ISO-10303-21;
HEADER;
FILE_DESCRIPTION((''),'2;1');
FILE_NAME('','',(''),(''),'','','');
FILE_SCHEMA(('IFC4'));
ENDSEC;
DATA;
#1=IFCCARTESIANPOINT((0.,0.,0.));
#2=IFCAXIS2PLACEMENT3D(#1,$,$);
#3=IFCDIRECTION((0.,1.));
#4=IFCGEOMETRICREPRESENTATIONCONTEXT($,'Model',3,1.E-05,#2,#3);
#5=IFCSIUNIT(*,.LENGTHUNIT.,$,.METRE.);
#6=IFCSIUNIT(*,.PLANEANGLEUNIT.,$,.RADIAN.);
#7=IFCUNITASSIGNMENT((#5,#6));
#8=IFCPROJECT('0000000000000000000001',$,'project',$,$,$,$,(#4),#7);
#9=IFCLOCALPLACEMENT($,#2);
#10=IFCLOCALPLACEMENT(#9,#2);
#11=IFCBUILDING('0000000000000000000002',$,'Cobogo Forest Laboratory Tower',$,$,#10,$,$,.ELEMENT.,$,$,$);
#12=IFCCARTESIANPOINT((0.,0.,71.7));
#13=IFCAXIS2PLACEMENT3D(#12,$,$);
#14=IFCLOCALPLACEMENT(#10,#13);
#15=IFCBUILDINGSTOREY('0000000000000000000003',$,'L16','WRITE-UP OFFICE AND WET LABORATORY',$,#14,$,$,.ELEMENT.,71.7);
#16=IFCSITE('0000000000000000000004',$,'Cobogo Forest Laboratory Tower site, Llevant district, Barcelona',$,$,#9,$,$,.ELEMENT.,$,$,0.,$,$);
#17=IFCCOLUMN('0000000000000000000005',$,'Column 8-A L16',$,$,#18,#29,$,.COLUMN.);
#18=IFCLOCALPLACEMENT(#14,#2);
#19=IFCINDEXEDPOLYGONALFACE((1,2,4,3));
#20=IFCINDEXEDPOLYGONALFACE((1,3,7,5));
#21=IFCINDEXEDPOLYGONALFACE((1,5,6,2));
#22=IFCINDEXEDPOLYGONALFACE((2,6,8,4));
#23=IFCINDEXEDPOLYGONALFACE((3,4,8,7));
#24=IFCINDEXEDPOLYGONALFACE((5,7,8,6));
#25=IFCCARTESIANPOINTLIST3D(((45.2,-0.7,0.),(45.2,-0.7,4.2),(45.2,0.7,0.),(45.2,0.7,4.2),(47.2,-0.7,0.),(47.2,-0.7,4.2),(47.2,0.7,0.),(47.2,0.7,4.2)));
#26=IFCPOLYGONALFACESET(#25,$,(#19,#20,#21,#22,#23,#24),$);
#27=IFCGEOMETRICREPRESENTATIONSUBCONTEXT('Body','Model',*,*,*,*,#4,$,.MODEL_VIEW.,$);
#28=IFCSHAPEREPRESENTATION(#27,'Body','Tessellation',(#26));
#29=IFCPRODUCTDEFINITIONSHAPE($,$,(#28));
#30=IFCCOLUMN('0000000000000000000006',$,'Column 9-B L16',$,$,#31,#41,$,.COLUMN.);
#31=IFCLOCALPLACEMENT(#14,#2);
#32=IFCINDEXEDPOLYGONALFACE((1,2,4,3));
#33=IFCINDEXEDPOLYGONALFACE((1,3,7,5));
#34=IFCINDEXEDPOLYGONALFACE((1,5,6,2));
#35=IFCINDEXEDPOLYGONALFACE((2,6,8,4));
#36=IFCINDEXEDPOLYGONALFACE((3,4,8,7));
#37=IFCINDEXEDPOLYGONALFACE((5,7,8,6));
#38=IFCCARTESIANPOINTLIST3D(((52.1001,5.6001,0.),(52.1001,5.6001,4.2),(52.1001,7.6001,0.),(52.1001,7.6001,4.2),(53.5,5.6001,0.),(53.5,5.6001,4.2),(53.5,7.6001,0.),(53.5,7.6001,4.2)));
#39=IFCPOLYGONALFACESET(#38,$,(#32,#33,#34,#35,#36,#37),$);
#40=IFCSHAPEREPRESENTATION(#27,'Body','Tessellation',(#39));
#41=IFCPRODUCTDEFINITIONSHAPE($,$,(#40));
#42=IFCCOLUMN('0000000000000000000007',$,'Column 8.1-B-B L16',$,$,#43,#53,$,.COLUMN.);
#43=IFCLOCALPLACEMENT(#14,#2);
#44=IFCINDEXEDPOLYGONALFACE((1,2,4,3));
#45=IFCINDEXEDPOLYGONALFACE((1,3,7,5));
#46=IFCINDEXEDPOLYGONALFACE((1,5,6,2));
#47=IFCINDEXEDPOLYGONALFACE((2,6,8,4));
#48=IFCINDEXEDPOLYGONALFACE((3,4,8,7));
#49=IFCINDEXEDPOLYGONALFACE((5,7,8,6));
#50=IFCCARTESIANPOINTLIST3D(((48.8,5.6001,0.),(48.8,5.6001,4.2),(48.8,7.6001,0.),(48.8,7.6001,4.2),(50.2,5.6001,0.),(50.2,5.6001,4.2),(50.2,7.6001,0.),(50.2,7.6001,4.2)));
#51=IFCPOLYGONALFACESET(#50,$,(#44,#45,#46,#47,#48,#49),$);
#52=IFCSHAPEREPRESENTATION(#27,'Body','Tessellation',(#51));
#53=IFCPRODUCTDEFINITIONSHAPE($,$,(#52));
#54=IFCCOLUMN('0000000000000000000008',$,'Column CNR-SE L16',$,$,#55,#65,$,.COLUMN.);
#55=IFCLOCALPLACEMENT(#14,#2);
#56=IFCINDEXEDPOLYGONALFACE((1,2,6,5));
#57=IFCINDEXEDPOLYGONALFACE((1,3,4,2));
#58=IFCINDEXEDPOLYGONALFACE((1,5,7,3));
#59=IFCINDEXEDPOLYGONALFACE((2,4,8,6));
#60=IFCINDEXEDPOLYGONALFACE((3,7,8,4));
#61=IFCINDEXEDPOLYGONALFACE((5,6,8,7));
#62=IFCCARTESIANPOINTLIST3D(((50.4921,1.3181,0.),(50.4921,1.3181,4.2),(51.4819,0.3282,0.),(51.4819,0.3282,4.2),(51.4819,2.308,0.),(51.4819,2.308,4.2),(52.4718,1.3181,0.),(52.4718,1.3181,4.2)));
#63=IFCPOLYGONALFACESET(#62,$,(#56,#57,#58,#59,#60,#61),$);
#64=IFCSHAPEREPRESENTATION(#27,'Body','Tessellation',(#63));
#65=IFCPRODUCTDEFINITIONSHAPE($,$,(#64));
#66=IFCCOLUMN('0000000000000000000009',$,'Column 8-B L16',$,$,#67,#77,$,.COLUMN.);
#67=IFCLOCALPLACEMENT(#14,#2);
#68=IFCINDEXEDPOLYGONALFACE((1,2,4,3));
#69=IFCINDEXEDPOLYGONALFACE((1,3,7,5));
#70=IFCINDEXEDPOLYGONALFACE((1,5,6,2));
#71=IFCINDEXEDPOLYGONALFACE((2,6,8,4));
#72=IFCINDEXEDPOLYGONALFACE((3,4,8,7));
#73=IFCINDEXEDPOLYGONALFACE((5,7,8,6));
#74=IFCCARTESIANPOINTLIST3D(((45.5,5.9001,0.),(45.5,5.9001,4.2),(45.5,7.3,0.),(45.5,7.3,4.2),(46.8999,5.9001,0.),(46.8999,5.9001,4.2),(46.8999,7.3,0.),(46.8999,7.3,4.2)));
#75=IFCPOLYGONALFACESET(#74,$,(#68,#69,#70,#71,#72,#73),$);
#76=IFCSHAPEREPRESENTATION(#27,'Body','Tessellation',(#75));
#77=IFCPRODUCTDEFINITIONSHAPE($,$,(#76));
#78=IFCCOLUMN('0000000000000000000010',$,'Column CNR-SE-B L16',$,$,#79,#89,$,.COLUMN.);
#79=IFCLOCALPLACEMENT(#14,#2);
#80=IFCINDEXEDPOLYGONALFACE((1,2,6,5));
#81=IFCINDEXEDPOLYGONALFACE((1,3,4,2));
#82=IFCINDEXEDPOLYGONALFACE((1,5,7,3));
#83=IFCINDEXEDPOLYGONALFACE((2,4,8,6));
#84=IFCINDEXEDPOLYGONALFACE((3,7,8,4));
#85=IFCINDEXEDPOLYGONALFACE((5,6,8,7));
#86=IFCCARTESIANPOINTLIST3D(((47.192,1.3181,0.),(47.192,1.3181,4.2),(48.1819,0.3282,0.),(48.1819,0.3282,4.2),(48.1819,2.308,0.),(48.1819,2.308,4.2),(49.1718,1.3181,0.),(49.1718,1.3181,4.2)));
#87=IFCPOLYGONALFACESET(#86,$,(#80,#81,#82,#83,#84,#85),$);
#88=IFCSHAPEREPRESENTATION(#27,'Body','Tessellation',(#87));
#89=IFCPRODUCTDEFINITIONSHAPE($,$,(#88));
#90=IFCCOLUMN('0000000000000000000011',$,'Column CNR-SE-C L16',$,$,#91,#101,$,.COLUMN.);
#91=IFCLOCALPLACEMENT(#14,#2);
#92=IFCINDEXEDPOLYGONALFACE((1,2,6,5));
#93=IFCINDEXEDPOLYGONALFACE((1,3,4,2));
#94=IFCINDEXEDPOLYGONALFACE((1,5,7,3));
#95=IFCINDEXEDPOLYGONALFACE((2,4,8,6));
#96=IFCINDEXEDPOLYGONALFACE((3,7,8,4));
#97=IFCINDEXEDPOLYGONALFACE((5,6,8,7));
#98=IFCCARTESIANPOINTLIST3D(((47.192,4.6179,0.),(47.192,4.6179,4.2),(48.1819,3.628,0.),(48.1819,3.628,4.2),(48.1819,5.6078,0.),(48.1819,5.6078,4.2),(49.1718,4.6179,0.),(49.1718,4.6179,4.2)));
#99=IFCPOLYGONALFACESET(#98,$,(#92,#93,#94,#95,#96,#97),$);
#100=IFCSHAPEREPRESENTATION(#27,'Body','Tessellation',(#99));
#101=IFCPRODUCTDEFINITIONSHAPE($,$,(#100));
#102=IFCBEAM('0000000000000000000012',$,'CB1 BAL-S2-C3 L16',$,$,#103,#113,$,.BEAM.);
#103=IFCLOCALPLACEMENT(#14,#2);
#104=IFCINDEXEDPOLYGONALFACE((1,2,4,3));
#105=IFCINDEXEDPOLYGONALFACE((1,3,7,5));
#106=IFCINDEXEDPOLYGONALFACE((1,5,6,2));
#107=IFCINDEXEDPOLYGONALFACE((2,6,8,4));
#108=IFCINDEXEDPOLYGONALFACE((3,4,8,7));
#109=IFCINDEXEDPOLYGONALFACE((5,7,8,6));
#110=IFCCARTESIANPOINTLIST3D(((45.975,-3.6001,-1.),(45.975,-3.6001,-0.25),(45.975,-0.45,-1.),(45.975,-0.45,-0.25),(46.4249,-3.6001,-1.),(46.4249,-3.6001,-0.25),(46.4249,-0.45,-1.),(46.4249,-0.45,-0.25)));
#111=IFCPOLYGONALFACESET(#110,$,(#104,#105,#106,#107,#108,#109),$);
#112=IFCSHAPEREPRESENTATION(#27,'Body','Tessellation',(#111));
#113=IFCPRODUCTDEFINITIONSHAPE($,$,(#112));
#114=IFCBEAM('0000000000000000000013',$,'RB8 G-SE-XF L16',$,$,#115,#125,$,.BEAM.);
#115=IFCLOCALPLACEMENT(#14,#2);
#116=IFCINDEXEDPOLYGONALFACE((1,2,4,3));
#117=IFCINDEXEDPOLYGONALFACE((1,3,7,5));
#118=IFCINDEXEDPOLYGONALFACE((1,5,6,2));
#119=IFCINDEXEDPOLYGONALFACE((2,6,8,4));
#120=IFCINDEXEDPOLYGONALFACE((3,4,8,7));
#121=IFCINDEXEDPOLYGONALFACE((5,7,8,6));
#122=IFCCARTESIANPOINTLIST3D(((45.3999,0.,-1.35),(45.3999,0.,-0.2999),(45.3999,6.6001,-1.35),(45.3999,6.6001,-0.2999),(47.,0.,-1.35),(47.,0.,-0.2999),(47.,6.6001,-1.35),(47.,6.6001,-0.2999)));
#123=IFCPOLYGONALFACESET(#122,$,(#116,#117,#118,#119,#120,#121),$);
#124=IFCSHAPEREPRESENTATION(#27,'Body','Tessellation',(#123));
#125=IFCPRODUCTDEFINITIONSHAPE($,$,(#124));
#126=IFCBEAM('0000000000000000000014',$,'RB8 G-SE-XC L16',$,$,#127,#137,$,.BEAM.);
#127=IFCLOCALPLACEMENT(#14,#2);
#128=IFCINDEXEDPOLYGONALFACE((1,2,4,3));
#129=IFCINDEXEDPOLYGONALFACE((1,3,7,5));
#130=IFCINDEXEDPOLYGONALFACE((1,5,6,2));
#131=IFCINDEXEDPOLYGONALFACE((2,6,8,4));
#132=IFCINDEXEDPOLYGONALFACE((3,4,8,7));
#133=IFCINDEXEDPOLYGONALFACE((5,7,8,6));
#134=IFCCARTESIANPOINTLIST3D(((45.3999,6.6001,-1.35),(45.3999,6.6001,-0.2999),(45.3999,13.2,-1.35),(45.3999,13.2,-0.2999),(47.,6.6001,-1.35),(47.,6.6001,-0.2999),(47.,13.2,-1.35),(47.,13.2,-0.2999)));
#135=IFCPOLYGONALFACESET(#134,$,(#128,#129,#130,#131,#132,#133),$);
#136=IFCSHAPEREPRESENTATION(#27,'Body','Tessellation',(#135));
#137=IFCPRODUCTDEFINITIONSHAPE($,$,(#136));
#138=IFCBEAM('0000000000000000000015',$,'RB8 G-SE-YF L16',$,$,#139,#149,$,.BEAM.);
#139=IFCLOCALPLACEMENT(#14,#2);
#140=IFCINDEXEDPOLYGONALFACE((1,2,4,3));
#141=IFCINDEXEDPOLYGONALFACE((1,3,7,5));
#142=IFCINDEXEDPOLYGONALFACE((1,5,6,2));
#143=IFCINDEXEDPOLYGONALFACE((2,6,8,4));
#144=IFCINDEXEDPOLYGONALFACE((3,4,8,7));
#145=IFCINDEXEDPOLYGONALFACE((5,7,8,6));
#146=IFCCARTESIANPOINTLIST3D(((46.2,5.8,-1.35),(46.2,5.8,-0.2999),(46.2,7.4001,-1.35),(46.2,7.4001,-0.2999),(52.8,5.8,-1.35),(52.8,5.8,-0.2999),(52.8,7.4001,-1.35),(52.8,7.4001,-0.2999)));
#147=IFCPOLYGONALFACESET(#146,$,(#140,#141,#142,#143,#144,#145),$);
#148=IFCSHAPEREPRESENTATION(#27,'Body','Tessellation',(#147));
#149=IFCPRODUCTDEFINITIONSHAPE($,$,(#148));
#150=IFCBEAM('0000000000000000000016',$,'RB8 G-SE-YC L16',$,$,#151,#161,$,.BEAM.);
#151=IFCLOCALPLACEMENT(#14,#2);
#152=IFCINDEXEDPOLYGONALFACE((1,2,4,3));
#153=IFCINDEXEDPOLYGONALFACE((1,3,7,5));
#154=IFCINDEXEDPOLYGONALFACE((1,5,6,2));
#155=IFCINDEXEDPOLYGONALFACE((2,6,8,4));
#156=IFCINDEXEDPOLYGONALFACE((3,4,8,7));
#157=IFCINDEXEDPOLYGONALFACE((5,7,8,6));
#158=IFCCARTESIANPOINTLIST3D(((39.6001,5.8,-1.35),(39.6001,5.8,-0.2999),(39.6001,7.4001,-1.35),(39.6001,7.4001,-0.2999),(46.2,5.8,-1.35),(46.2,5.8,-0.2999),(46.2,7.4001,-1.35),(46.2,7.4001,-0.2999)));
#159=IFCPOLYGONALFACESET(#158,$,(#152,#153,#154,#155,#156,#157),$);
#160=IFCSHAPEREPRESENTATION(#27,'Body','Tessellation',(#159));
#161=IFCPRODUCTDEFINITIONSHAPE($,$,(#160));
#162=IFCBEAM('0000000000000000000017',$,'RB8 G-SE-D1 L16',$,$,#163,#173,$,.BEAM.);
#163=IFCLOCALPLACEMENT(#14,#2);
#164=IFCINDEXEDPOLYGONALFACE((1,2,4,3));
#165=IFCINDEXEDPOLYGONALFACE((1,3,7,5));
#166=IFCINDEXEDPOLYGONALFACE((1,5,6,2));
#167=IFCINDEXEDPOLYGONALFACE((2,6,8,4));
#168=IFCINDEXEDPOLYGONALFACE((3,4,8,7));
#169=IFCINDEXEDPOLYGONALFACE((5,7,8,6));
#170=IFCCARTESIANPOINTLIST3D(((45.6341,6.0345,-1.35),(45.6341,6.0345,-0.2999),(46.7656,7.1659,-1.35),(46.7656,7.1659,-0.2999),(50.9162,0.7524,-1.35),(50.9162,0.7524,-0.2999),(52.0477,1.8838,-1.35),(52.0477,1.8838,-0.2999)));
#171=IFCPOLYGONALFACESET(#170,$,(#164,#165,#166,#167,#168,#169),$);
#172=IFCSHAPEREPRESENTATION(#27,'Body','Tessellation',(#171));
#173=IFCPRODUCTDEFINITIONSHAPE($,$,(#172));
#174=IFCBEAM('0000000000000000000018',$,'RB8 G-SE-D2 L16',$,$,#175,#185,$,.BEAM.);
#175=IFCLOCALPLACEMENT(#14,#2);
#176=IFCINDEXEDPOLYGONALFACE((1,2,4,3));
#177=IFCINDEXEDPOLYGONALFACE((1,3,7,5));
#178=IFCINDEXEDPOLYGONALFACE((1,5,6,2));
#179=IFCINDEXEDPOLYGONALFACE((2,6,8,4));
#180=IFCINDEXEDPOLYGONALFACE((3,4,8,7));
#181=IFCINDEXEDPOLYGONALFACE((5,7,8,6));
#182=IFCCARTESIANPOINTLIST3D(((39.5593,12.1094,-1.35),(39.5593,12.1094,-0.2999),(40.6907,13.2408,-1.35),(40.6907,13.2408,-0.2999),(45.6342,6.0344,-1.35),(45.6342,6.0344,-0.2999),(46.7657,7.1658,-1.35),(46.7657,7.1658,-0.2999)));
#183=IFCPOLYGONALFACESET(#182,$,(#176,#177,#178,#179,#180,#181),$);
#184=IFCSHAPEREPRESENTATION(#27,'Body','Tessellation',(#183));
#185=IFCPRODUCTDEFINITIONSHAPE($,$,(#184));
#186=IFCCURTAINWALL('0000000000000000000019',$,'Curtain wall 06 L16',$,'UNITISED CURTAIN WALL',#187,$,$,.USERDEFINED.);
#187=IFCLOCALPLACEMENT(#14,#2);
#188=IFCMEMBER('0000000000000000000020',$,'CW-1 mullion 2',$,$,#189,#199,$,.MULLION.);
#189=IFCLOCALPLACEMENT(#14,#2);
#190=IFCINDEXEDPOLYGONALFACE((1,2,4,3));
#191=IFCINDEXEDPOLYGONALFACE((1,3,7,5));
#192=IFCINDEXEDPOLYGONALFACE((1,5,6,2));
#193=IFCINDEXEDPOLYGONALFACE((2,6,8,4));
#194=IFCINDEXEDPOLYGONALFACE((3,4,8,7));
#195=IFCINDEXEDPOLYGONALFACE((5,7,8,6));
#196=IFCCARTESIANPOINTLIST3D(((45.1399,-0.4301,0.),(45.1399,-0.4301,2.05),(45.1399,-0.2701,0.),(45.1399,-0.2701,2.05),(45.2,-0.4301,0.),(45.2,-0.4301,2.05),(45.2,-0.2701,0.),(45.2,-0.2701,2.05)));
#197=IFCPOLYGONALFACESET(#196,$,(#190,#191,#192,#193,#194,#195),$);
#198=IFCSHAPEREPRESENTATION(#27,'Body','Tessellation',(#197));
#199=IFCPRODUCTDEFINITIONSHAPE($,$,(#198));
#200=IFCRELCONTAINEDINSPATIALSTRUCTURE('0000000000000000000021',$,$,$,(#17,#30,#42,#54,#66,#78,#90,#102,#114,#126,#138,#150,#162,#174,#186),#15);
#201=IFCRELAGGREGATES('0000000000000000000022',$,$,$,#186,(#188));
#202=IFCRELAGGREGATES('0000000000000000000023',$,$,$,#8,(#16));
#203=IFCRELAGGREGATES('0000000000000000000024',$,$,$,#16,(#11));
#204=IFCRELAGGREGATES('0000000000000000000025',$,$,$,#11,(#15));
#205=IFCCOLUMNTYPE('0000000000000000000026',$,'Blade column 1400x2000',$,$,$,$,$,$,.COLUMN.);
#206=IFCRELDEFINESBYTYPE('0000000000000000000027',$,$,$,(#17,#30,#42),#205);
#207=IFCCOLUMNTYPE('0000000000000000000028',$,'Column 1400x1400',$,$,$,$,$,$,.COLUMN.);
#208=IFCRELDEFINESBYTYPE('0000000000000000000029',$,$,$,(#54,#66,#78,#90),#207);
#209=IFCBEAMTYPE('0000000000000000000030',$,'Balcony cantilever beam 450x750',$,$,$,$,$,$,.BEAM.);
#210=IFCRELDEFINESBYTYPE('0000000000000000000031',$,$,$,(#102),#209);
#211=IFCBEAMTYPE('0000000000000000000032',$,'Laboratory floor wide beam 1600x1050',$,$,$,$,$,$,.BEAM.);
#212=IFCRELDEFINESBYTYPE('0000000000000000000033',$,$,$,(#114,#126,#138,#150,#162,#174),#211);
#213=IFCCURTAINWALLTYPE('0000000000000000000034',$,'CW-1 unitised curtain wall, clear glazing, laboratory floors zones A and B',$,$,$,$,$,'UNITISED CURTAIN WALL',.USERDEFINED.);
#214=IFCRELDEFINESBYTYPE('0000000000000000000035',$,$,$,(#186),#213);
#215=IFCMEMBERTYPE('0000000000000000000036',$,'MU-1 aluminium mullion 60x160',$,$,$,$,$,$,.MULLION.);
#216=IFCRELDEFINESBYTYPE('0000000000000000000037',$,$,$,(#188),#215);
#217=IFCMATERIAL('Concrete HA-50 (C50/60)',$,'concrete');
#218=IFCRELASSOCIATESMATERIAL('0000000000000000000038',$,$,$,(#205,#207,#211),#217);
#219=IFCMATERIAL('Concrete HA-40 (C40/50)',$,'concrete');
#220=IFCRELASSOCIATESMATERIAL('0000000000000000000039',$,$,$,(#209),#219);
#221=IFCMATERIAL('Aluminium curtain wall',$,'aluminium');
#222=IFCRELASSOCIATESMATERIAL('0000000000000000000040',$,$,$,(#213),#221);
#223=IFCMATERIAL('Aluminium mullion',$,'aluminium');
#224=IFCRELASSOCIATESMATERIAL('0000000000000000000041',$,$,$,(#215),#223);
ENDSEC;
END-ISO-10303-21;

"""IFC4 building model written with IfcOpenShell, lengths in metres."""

from ifc_helpers import new_model, si_unit, direction, frame, origin, origin_2d, place, context, subcontext, project, spatial, rectangle, extrude, material, material_profile, profile_set, type_object, element, aggregate, save


model = new_model("IFC4")

# Units and contexts
model_context = context("Model", 3, precision=1e-05, world=origin(), true_north=direction((0.0, 1.0)))
body_context = subcontext(model_context, "Body", "Model", "MODEL_VIEW")
ifc_project = project(units=[si_unit("LENGTHUNIT", "METRE"), si_unit("PLANEANGLEUNIT", "RADIAN")], contexts=[model_context])

# Site, building, storey
site_placement = place(None, origin())
site = spatial("IfcSite", under=ifc_project, at=site_placement, Name="Cobogo Forest Laboratory Tower site, Llevant district, Barcelona", CompositionType="ELEMENT", RefElevation=0.0)
building_placement = place(site_placement, origin())
building = spatial("IfcBuilding", under=site, at=building_placement, Name="Cobogo Forest Laboratory Tower", CompositionType="ELEMENT")
storey_placement = place(building_placement, frame((0.0, 0.0, 71.7)))
storey = spatial("IfcBuildingStorey", under=building, at=storey_placement, Name="L16", Description="WRITE-UP OFFICE AND WET LABORATORY", CompositionType="ELEMENT", Elevation=71.7)

# Columns
ifc_material_1 = material(Name="Concrete HA-50 (C50/60)", Category="concrete")
ifc_material_profile_1 = material_profile(ifc_material_1, rectangle(XDim=2.0, YDim=1.3999, at=origin_2d()), Name="RC 1400x2000")
ifc_profile_set_1 = profile_set([ifc_material_profile_1], Name="Concrete HA-50 (C50/60)")
column_type_1 = type_object("IfcColumnType", Name="Blade column 1400x2000", PredefinedType="COLUMN", material=ifc_profile_set_1)
for number, where, z_axis, x_axis, name in (
    (1, (46.2, 0.0, 0.0), (0.0, 0.0, 1.0), (1.0, 0.0, 0.0), "Column 8-A L16"),
    (2, (52.8, 6.6001, 0.0), (0.0, 0.0, 1.0), (0.0, 1.0, 0.0), "Column 9-B L16"),
    (3, (49.5, 6.6001, 0.0), (0.0, 0.0, 1.0), (0.0, 1.0, 0.0), "Column 8.1-B-B L16"),
):
    element("IfcColumn", number, at=place(storey_placement, frame(where, z_axis=z_axis, x_axis=x_axis)), inside=storey, type_object=column_type_1, Name=name, PredefinedType="COLUMN", context=body_context, shape_type="SweptSolid", body=[
        extrude(rectangle(XDim=2.0, YDim=1.3999, at=origin_2d()), origin(), (0.0, 0.0, 1.0), 4.2),
    ])
ifc_material_profile_2 = material_profile(ifc_material_1, rectangle(XDim=1.3999, YDim=1.3999, at=origin_2d()), Name="RC 1400x1400")
ifc_profile_set_2 = profile_set([ifc_material_profile_2], Name="Concrete HA-50 (C50/60)")
column_type_2 = type_object("IfcColumnType", Name="Column 1400x1400", PredefinedType="COLUMN", material=ifc_profile_set_2)
for number, where, z_axis, x_axis, name in (
    (4, (51.4819, 1.3181, 0.0), (0.0, 0.0, 1.0), (0.707107, 0.707107, 0.0), "Column CNR-SE L16"),
    (5, (46.2, 6.6001, 0.0), (0.0, 0.0, 1.0), (1.0, 0.0, 0.0), "Column 8-B L16"),
    (6, (48.1819, 1.3181, 0.0), (0.0, 0.0, 1.0), (0.707107, 0.707107, 0.0), "Column CNR-SE-B L16"),
    (7, (48.1819, 4.6179, 0.0), (0.0, 0.0, 1.0), (0.707107, 0.707107, 0.0), "Column CNR-SE-C L16"),
):
    element("IfcColumn", number, at=place(storey_placement, frame(where, z_axis=z_axis, x_axis=x_axis)), inside=storey, type_object=column_type_2, Name=name, PredefinedType="COLUMN", context=body_context, shape_type="SweptSolid", body=[
        extrude(rectangle(XDim=1.3999, YDim=1.3999, at=origin_2d()), origin(), (0.0, 0.0, 1.0), 4.2),
    ])

# Beams
ifc_material_2 = material(Name="Concrete HA-40 (C40/50)", Category="concrete")
ifc_material_profile_3 = material_profile(ifc_material_2, rectangle(XDim=0.45, YDim=0.75, at=origin_2d()), Name="RC 450x750")
ifc_profile_set_3 = profile_set([ifc_material_profile_3], Name="Concrete HA-40 (C40/50)")
beam_type_1 = type_object("IfcBeamType", Name="Balcony cantilever beam 450x750", PredefinedType="BEAM", material=ifc_profile_set_3)
beam_1_placement = place(storey_placement, frame((46.2, -0.45, -0.625), z_axis=(0.0, -1.0, 0.0), x_axis=(1.0, 0.0, 0.0)))
element("IfcBeam", 8, at=beam_1_placement, inside=storey, type_object=beam_type_1, Name="CB1 BAL-S2-C3 L16", PredefinedType="BEAM", context=body_context, shape_type="SweptSolid", body=[
    extrude(rectangle(XDim=0.45, YDim=0.75, at=origin_2d()), origin(), (0.0, 0.0, 1.0), 3.1501),
])
ifc_material_profile_4 = material_profile(ifc_material_1, rectangle(XDim=1.6001, YDim=1.05, at=origin_2d()), Name="RC 1600x1050")
ifc_profile_set_4 = profile_set([ifc_material_profile_4], Name="Concrete HA-50 (C50/60)")
beam_type_2 = type_object("IfcBeamType", Name="Laboratory floor wide beam 1600x1050", PredefinedType="BEAM", material=ifc_profile_set_4)
beam_2_placement = place(storey_placement, frame((46.2, 0.0, -0.825), z_axis=(0.0, 1.0, 0.0), x_axis=(-1.0, 0.0, 0.0)))
element("IfcBeam", 9, at=beam_2_placement, inside=storey, type_object=beam_type_2, Name="RB8 G-SE-XF L16", PredefinedType="BEAM", context=body_context, shape_type="SweptSolid", body=[
    extrude(rectangle(XDim=1.6001, YDim=1.05, at=origin_2d()), origin(), (0.0, 0.0, 1.0), 6.6001),
])
beam_3_placement = place(storey_placement, frame((46.2, 6.6001, -0.825), z_axis=(0.0, 1.0, 0.0), x_axis=(-1.0, 0.0, 0.0)))
element("IfcBeam", 10, at=beam_3_placement, inside=storey, type_object=beam_type_2, Name="RB8 G-SE-XC L16", PredefinedType="BEAM", context=body_context, shape_type="SweptSolid", body=[
    extrude(rectangle(XDim=1.6001, YDim=1.05, at=origin_2d()), origin(), (0.0, 0.0, 1.0), 6.5999),
])
beam_4_placement = place(storey_placement, frame((52.8, 6.6001, -0.825), z_axis=(-1.0, 0.0, 0.0), x_axis=(0.0, -1.0, 0.0)))
element("IfcBeam", 11, at=beam_4_placement, inside=storey, type_object=beam_type_2, Name="RB8 G-SE-YF L16", PredefinedType="BEAM", context=body_context, shape_type="SweptSolid", body=[
    extrude(rectangle(XDim=1.6001, YDim=1.05, at=origin_2d()), origin(), (0.0, 0.0, 1.0), 6.6001),
])
beam_5_placement = place(storey_placement, frame((46.2, 6.6001, -0.825), z_axis=(-1.0, 0.0, 0.0), x_axis=(0.0, -1.0, 0.0)))
element("IfcBeam", 12, at=beam_5_placement, inside=storey, type_object=beam_type_2, Name="RB8 G-SE-YC L16", PredefinedType="BEAM", context=body_context, shape_type="SweptSolid", body=[
    extrude(rectangle(XDim=1.6001, YDim=1.05, at=origin_2d()), origin(), (0.0, 0.0, 1.0), 6.5999),
])
beam_6_placement = place(storey_placement, frame((51.4819, 1.3181, -0.825), z_axis=(-0.707107, 0.707107, 0.0), x_axis=(-0.707107, -0.707107, 0.0)))
element("IfcBeam", 13, at=beam_6_placement, inside=storey, type_object=beam_type_2, Name="RB8 G-SE-D1 L16", PredefinedType="BEAM", context=body_context, shape_type="SweptSolid", body=[
    extrude(rectangle(XDim=1.6001, YDim=1.05, at=origin_2d()), origin(), (0.0, 0.0, 1.0), 7.47),
])
beam_7_placement = place(storey_placement, frame((46.2, 6.6001, -0.825), z_axis=(-0.707107, 0.707107, 0.0), x_axis=(-0.707107, -0.707107, 0.0)))
element("IfcBeam", 14, at=beam_7_placement, inside=storey, type_object=beam_type_2, Name="RB8 G-SE-D2 L16", PredefinedType="BEAM", context=body_context, shape_type="SweptSolid", body=[
    extrude(rectangle(XDim=1.6001, YDim=1.05, at=origin_2d()), origin(), (0.0, 0.0, 1.0), 8.5913),
])

# Curtain wall, member
ifc_material_3 = material(Name="Aluminium curtain wall", Category="aluminium")
curtain_wall_type = type_object("IfcCurtainWallType", Name="CW-1 unitised curtain wall, clear glazing, laboratory floors zones A and B", ElementType="UNITISED CURTAIN WALL", PredefinedType="USERDEFINED", material=ifc_material_3)
curtain_wall_1_placement = place(storey_placement, origin())
curtain_wall_1 = element("IfcCurtainWall", 15, at=curtain_wall_1_placement, inside=storey, type_object=curtain_wall_type, Name="Curtain wall 06 L16", ObjectType="UNITISED CURTAIN WALL", PredefinedType="USERDEFINED")
ifc_material_4 = material(Name="Aluminium mullion", Category="aluminium")
ifc_material_profile_5 = material_profile(ifc_material_4, rectangle(XDim=0.0601, YDim=0.1599, at=origin_2d()), Name="AL 60x160")
ifc_profile_set_5 = profile_set([ifc_material_profile_5], Name="Aluminium mullion")
member_type_1 = type_object("IfcMemberType", Name="MU-1 aluminium mullion 60x160", PredefinedType="MULLION", material=ifc_profile_set_5)
member_1_placement = place(storey_placement, frame((45.1699, -0.3501, 0.0), z_axis=(0.0, 0.0, 1.0), x_axis=(1.0, 0.0, 0.0)))
member_1 = element("IfcMember", 16, at=member_1_placement, type_object=member_type_1, Name="CW-1 mullion 2", PredefinedType="MULLION", context=body_context, shape_type="SweptSolid", body=[
    extrude(rectangle(XDim=0.0601, YDim=0.1599, at=origin_2d()), origin(), (0.0, 0.0, 1.0), 2.05),
])
aggregate(curtain_wall_1, [member_1])

save(model, "model.ifc")
